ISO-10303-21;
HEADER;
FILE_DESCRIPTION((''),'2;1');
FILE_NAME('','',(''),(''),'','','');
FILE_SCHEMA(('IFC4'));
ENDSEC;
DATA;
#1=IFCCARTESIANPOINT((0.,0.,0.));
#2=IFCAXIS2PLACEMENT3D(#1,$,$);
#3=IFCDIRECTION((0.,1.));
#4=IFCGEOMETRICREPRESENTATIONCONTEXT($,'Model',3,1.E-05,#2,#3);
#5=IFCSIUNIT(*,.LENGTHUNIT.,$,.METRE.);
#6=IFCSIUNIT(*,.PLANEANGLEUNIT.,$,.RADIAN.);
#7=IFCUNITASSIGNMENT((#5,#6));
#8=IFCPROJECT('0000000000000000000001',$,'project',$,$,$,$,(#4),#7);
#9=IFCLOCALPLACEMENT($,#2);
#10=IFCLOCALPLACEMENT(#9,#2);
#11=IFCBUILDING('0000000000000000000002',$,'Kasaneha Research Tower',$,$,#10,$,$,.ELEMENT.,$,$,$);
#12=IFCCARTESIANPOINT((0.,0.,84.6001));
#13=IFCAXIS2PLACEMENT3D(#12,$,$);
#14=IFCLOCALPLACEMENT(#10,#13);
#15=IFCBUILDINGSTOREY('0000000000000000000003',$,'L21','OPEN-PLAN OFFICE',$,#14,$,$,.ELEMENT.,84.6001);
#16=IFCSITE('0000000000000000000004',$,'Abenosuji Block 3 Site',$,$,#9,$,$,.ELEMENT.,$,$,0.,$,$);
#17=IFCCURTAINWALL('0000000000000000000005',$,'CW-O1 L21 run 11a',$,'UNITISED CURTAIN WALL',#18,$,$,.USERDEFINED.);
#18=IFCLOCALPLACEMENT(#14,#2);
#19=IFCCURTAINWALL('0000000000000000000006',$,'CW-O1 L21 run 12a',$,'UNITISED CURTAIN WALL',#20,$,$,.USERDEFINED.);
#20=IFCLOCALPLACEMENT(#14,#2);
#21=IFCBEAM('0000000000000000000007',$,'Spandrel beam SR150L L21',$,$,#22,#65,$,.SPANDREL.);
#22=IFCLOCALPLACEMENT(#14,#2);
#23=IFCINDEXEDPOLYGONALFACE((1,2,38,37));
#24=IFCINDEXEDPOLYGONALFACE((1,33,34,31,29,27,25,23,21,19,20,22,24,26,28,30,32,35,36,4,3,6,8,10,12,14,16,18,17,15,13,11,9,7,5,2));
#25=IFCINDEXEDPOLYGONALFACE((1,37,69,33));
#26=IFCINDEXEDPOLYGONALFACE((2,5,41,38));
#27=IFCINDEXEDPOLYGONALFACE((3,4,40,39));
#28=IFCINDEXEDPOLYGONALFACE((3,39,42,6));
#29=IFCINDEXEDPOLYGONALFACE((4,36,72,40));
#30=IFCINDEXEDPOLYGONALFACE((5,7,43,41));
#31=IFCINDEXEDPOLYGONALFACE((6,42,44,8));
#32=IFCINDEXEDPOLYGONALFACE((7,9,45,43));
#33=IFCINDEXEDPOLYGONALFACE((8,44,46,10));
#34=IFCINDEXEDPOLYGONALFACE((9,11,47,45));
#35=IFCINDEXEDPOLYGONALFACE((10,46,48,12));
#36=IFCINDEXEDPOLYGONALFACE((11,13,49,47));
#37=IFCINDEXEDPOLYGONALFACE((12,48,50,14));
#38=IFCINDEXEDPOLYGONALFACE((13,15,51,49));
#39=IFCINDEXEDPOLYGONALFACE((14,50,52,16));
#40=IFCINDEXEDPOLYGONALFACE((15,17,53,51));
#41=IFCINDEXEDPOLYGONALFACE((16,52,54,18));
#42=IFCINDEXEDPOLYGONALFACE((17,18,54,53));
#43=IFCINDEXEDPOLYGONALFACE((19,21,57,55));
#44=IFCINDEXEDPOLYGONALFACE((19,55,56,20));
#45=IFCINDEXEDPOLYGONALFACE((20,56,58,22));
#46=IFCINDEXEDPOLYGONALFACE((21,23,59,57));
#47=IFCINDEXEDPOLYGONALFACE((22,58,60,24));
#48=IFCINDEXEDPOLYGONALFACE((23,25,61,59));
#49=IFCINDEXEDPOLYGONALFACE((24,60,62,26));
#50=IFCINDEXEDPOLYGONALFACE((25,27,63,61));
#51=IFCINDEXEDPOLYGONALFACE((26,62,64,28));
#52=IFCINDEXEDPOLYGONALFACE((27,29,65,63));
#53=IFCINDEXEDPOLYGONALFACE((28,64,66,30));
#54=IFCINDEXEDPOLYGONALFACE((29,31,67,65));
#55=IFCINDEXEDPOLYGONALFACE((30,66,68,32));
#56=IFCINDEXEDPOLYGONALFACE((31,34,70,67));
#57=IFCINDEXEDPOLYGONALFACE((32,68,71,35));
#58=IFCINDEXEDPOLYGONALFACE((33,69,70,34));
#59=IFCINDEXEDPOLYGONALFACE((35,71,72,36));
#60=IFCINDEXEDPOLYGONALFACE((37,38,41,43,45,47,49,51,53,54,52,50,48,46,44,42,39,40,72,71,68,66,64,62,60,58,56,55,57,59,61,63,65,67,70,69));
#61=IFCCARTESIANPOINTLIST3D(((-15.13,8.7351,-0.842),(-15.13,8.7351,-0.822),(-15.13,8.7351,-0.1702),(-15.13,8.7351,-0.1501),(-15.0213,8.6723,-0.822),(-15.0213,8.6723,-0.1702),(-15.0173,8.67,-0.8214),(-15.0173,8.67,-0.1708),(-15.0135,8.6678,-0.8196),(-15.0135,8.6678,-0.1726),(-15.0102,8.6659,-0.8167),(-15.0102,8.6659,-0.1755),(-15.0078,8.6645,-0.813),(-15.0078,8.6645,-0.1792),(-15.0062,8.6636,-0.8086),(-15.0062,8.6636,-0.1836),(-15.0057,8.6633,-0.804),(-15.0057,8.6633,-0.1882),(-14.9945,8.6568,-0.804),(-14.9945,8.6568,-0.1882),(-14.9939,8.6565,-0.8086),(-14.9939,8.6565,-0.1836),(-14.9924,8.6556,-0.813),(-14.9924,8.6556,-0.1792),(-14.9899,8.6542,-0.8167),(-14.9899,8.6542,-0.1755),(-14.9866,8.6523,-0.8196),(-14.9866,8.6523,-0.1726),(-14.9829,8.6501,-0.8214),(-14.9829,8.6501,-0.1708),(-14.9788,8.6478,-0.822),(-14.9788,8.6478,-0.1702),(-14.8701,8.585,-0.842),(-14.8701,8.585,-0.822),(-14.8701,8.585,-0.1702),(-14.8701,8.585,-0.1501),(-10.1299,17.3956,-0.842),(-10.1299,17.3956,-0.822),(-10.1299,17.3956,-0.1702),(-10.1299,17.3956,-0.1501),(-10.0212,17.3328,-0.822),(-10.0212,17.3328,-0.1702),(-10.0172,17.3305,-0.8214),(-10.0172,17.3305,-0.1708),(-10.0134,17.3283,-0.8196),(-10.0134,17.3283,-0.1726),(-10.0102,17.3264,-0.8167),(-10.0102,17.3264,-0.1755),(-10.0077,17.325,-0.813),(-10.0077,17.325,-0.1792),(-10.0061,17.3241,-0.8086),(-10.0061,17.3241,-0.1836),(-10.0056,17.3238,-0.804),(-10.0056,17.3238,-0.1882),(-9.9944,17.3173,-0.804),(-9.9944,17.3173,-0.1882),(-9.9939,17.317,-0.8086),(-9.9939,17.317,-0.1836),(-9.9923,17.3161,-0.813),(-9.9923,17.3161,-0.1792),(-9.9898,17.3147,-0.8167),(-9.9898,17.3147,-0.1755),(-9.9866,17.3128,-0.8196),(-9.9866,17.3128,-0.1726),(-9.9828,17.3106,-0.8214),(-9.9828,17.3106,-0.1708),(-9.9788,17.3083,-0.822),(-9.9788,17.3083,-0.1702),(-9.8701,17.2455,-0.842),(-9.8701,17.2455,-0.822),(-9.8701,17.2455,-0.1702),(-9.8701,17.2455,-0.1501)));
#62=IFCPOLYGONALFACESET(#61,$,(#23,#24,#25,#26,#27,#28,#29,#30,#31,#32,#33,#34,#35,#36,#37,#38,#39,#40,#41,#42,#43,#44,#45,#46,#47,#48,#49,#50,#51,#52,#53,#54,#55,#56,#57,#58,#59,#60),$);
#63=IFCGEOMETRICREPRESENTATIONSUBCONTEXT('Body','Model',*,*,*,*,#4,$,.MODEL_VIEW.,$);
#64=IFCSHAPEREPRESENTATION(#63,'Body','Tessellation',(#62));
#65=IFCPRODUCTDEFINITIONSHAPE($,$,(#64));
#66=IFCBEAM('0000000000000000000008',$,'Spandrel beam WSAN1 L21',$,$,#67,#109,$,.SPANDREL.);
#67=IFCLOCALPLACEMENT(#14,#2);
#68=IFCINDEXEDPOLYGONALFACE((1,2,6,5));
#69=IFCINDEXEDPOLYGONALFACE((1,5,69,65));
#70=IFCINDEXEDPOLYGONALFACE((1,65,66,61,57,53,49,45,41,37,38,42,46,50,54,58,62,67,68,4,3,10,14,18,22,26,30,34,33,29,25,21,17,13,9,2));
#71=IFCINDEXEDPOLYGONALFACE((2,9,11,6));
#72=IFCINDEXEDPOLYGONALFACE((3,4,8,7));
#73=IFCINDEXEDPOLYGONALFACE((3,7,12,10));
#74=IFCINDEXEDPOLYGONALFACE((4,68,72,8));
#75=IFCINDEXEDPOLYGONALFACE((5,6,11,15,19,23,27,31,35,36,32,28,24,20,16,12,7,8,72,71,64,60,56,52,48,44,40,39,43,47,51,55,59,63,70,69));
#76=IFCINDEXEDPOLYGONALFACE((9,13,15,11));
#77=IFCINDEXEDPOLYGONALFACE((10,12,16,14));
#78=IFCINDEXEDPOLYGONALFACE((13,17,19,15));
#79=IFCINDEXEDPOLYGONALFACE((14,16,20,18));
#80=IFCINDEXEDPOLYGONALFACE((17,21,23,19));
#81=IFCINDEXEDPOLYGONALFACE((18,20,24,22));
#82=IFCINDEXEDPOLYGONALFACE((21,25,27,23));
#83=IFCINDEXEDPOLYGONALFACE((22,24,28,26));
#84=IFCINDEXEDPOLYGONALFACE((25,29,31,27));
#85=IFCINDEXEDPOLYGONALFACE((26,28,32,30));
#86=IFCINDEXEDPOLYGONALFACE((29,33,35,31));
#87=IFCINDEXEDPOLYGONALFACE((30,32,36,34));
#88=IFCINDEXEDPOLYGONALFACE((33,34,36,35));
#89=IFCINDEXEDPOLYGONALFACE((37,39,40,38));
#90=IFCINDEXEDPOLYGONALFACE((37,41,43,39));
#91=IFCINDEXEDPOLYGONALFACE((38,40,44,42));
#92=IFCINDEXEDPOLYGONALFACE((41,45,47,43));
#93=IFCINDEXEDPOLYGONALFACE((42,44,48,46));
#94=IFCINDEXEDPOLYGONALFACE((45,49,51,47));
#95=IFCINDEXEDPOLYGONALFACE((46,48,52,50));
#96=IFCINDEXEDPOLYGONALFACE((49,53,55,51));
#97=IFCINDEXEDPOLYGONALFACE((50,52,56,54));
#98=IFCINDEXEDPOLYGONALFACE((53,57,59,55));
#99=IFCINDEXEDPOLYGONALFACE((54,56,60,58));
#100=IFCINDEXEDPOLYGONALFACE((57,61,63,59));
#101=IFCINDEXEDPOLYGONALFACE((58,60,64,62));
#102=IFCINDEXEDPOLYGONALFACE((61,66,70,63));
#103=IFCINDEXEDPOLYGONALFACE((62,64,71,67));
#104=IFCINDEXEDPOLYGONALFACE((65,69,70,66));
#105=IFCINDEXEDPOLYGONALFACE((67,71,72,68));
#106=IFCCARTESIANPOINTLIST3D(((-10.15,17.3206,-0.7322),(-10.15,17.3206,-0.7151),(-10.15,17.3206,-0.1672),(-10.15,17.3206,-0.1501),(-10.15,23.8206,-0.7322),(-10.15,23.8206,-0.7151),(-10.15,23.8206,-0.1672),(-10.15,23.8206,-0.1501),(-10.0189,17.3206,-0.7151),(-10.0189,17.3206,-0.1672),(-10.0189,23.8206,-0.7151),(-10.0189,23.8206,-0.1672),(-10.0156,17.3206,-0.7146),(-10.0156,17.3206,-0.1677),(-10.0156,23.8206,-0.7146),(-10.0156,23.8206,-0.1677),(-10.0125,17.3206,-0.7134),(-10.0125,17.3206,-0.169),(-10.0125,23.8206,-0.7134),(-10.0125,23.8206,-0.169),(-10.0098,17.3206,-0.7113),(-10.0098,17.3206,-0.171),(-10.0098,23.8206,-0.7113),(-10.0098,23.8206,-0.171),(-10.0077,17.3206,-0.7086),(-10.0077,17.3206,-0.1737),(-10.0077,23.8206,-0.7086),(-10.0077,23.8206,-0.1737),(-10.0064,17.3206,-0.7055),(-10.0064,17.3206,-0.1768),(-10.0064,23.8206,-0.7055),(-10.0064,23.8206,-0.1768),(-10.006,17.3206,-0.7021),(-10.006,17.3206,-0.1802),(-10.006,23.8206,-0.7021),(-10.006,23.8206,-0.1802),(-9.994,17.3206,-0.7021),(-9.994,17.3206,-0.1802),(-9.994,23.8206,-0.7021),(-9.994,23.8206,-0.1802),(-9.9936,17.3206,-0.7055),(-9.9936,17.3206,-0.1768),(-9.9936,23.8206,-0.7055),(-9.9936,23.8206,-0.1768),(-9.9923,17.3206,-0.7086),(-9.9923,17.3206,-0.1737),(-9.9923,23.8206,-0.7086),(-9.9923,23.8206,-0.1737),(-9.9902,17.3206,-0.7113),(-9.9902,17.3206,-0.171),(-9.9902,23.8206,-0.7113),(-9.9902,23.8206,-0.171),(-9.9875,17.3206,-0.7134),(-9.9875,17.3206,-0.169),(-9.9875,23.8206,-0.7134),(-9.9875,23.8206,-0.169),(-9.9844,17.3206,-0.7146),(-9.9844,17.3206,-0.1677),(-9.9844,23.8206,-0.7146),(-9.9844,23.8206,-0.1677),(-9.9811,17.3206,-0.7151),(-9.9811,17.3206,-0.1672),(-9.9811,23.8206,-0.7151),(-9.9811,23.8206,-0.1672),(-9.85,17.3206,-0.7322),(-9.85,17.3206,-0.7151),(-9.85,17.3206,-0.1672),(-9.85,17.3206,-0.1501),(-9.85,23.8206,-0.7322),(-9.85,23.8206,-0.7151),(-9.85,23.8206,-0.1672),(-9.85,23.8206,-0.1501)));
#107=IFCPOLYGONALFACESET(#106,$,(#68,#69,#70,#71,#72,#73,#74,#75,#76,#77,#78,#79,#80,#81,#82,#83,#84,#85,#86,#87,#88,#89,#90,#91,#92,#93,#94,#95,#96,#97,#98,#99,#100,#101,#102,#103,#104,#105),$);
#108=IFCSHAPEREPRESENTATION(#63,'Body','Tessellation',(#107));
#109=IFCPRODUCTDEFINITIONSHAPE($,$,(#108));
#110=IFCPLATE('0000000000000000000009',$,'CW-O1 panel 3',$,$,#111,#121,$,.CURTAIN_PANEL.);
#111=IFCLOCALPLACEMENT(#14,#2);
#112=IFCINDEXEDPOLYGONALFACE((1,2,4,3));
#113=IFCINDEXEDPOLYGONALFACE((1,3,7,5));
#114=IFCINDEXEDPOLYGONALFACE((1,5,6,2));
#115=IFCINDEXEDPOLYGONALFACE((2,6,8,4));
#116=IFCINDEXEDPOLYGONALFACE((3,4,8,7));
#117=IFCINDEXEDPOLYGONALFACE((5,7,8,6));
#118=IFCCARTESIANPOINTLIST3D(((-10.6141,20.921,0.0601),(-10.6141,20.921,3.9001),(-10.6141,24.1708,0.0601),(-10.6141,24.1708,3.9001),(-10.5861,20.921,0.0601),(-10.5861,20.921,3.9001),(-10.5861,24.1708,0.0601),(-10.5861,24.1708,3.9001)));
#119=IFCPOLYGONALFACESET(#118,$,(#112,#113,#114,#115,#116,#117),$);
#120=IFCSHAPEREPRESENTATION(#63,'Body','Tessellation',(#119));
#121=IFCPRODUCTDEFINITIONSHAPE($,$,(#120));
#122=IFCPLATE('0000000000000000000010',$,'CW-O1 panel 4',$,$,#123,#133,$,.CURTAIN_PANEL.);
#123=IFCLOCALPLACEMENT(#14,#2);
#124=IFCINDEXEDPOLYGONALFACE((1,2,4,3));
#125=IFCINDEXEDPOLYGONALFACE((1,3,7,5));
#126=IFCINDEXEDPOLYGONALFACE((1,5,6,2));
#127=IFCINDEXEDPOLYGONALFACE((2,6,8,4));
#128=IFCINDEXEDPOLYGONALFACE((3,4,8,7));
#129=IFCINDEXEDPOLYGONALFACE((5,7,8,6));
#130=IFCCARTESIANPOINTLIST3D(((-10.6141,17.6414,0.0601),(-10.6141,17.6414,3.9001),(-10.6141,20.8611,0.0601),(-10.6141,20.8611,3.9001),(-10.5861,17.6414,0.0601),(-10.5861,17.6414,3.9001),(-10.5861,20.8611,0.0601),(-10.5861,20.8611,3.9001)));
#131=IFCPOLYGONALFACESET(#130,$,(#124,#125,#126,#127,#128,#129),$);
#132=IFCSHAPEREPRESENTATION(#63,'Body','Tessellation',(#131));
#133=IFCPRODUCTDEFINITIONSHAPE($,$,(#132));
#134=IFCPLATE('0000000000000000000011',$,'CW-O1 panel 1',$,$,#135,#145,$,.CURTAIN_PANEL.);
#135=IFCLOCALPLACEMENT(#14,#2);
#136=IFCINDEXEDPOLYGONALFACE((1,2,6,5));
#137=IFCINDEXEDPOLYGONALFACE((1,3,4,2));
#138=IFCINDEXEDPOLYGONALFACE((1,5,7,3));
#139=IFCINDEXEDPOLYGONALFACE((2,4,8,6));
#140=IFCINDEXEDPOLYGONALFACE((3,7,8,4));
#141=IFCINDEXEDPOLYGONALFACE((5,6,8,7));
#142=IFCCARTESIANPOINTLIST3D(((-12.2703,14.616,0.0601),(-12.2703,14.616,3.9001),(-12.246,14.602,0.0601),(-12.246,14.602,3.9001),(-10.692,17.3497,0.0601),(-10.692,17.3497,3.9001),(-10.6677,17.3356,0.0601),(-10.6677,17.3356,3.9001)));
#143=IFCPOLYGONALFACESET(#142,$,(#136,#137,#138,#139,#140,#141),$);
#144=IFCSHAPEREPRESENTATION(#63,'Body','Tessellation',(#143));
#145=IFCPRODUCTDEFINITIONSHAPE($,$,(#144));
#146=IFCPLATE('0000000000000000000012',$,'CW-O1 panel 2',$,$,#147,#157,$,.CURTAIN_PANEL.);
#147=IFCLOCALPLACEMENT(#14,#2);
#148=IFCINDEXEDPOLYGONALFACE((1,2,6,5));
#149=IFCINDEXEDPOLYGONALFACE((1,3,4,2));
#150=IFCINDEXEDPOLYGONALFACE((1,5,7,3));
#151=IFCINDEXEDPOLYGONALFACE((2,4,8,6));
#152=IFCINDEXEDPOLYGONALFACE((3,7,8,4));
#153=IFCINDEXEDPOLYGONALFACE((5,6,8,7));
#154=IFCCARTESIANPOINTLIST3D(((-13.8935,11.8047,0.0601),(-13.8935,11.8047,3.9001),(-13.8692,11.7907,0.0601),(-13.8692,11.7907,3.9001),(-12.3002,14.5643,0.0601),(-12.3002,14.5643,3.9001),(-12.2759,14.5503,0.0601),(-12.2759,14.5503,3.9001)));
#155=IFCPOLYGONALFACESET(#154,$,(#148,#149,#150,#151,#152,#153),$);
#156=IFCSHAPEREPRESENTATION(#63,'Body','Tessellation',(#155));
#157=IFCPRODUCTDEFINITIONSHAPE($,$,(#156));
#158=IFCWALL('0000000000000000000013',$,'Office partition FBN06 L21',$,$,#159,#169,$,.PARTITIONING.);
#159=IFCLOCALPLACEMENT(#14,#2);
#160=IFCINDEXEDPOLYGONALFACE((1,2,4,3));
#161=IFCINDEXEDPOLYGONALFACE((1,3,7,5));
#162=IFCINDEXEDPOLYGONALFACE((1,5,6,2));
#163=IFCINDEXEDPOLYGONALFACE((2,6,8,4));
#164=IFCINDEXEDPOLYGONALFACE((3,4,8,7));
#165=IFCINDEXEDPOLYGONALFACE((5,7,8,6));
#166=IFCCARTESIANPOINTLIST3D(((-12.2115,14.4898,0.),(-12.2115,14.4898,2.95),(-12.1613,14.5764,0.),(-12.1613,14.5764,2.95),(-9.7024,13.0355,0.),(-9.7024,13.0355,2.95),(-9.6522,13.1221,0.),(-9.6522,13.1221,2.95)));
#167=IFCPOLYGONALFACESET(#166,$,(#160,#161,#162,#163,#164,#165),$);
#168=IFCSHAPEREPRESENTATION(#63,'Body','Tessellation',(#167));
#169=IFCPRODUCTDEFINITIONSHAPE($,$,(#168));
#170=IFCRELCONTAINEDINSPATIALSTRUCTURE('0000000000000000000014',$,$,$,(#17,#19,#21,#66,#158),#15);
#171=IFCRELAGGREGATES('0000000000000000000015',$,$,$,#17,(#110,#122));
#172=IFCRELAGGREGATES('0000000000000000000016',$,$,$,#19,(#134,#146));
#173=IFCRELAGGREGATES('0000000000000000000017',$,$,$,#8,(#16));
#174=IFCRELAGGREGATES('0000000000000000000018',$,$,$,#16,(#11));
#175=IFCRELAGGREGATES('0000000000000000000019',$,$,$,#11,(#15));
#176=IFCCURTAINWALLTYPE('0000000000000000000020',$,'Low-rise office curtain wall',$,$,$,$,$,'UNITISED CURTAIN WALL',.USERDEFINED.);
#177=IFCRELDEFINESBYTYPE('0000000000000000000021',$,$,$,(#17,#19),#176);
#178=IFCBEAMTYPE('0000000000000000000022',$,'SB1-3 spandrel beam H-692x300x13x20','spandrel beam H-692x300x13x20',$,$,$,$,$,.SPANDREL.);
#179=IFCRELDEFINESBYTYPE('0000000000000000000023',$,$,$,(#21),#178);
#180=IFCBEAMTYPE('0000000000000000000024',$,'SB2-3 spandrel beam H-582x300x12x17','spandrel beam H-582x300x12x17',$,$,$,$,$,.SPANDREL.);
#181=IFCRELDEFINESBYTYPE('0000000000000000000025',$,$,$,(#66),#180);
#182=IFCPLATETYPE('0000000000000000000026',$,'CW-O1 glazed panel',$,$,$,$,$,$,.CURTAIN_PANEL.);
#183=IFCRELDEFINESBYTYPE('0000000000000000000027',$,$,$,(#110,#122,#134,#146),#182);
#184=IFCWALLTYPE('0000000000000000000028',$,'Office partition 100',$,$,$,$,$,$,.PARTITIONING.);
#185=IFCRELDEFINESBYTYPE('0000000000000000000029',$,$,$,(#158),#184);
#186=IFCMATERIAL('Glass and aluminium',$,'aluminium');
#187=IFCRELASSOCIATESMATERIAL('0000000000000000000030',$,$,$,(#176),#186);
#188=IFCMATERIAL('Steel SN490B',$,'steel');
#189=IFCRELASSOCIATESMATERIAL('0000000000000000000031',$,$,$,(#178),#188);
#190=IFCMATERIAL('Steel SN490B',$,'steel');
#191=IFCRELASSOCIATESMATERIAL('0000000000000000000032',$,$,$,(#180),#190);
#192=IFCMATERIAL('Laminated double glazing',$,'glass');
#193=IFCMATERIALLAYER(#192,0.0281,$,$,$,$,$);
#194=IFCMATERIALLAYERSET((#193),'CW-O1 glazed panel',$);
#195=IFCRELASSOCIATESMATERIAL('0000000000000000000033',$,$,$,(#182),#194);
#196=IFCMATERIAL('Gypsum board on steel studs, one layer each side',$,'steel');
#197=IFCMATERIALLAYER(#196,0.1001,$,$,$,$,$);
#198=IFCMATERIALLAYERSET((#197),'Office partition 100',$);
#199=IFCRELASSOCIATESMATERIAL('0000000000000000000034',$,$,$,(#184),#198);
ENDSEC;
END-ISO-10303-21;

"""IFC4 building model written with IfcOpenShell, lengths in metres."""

from ifc_helpers import new_model, si_unit, direction, frame, frame_2d, origin, origin_2d, place, context, subcontext, project, spatial, rectangle, i_section, extrude, material, layer, layer_set, material_profile, profile_set, type_object, element, aggregate, save


model = new_model("IFC4")

# Units and contexts
model_context = context("Model", 3, precision=1e-05, world=origin(), true_north=direction((0.0, 1.0)))
body_context = subcontext(model_context, "Body", "Model", "MODEL_VIEW")
ifc_project = project(units=[si_unit("LENGTHUNIT", "METRE"), si_unit("PLANEANGLEUNIT", "RADIAN")], contexts=[model_context])

# Site, building, storey
site_placement = place(None, origin())
site = spatial("IfcSite", under=ifc_project, at=site_placement, Name="Abenosuji Block 3 Site", CompositionType="ELEMENT", RefElevation=0.0)
building_placement = place(site_placement, origin())
building = spatial("IfcBuilding", under=site, at=building_placement, Name="Kasaneha Research Tower", CompositionType="ELEMENT")
storey_placement = place(building_placement, frame((0.0, 0.0, 84.6001)))
storey = spatial("IfcBuildingStorey", under=building, at=storey_placement, Name="L21", Description="OPEN-PLAN OFFICE", CompositionType="ELEMENT", Elevation=84.6001)

# Curtain walls
ifc_material_1 = material(Name="Glass and aluminium", Category="aluminium")
curtain_wall_type = type_object("IfcCurtainWallType", Name="Low-rise office curtain wall", ElementType="UNITISED CURTAIN WALL", PredefinedType="USERDEFINED", material=ifc_material_1)
curtain_wall_1_placement = place(storey_placement, origin())
curtain_wall_1 = element("IfcCurtainWall", 1, at=curtain_wall_1_placement, inside=storey, type_object=curtain_wall_type, Name="CW-O1 L21 run 11a", ObjectType="UNITISED CURTAIN WALL", PredefinedType="USERDEFINED")
curtain_wall_2_placement = place(storey_placement, origin())
curtain_wall_2 = element("IfcCurtainWall", 2, at=curtain_wall_2_placement, inside=storey, type_object=curtain_wall_type, Name="CW-O1 L21 run 12a", ObjectType="UNITISED CURTAIN WALL", PredefinedType="USERDEFINED")

# Beams
ifc_material_2 = material(Name="Steel SN490B", Category="steel")
ifc_material_profile_1 = material_profile(ifc_material_2, i_section(OverallWidth=0.3, OverallDepth=0.6919, WebThickness=0.0129, FlangeThickness=0.02, FilletRadius=0.0181, at=origin_2d()), Name="H-692x300x13x20")
ifc_profile_set_1 = profile_set([ifc_material_profile_1], Name="Steel SN490B")
beam_type_1 = type_object("IfcBeamType", Name="SB1-3 spandrel beam H-692x300x13x20", Description="spandrel beam H-692x300x13x20", PredefinedType="SPANDREL", material=ifc_profile_set_1)
beam_1_placement = place(storey_placement, frame((-10.0, 17.3206, -0.4961), z_axis=(-0.499994, -0.866029, 0.0), x_axis=(0.866029, -0.499994, 0.0)))
element("IfcBeam", 3, at=beam_1_placement, inside=storey, type_object=beam_type_1, Name="Spandrel beam SR150L L21", PredefinedType="SPANDREL", context=body_context, shape_type="SweptSolid", body=[
    extrude(i_section(OverallWidth=0.3, OverallDepth=0.6919, WebThickness=0.0129, FlangeThickness=0.02, FilletRadius=0.0181, at=origin_2d()), origin(), (0.0, 0.0, 1.0), 10.0002),
])
ifc_material_3 = material(Name="Steel SN490B", Category="steel")
ifc_material_profile_2 = material_profile(ifc_material_3, i_section(OverallWidth=0.3, OverallDepth=0.582, WebThickness=0.012, FlangeThickness=0.0171, FilletRadius=0.0129, at=origin_2d()), Name="H-582x300x12x17")
ifc_profile_set_2 = profile_set([ifc_material_profile_2], Name="Steel SN490B")
beam_type_2 = type_object("IfcBeamType", Name="SB2-3 spandrel beam H-582x300x12x17", Description="spandrel beam H-582x300x12x17", PredefinedType="SPANDREL", material=ifc_profile_set_2)
beam_2_placement = place(storey_placement, frame((-10.0, 17.3206, -0.4412), z_axis=(0.0, 1.0, 0.0), x_axis=(-1.0, 0.0, 0.0)))
element("IfcBeam", 4, at=beam_2_placement, inside=storey, type_object=beam_type_2, Name="Spandrel beam WSAN1 L21", PredefinedType="SPANDREL", context=body_context, shape_type="SweptSolid", body=[
    extrude(i_section(OverallWidth=0.3, OverallDepth=0.582, WebThickness=0.012, FlangeThickness=0.0171, FilletRadius=0.0129, at=origin_2d()), origin(), (0.0, 0.0, 1.0), 6.5),
])

# Plates
ifc_material_4 = material(Name="Laminated double glazing", Category="glass")
ifc_layer_1 = layer(ifc_material_4, 0.0281)
ifc_layer_set_1 = layer_set([ifc_layer_1], Name="CW-O1 glazed panel")
plate_type = type_object("IfcPlateType", Name="CW-O1 glazed panel", PredefinedType="CURTAIN_PANEL", material=ifc_layer_set_1)
plate_1_placement = place(storey_placement, frame((-10.6001, 22.5459, 0.0601), z_axis=(0.0, 0.0, 1.0), x_axis=(0.0, -1.0, 0.0)))
plate_1 = element("IfcPlate", 5, at=plate_1_placement, type_object=plate_type, Name="CW-O1 panel 3", PredefinedType="CURTAIN_PANEL", context=body_context, shape_type="SweptSolid", body=[
    extrude(rectangle(XDim=3.2498, YDim=0.0281, at=origin_2d()), origin(), (0.0, 0.0, 1.0), 3.8401),
])
plate_2_placement = place(storey_placement, frame((-10.6001, 19.2512, 0.0601), z_axis=(0.0, 0.0, 1.0), x_axis=(0.0, -1.0, 0.0)))
plate_2 = element("IfcPlate", 6, at=plate_2_placement, type_object=plate_type, Name="CW-O1 panel 4", PredefinedType="CURTAIN_PANEL", context=body_context, shape_type="SweptSolid", body=[
    extrude(rectangle(XDim=3.2197, YDim=0.0281, at=origin_2d()), origin(), (0.0, 0.0, 1.0), 3.8401),
])
aggregate(curtain_wall_1, [plate_1, plate_2])
plate_3_placement = place(storey_placement, frame((-11.469, 15.9758, 0.0601), z_axis=(0.0, 0.0, 1.0), x_axis=(-0.5, -0.866025, 0.0)))
plate_3 = element("IfcPlate", 7, at=plate_3_placement, type_object=plate_type, Name="CW-O1 panel 1", PredefinedType="CURTAIN_PANEL", context=body_context, shape_type="SweptSolid", body=[
    extrude(rectangle(XDim=3.1565, YDim=0.0281, at=origin_2d()), origin(), (0.0, 0.0, 1.0), 3.8401),
])
plate_4_placement = place(storey_placement, frame((-13.0847, 13.1775, 0.0601), z_axis=(0.0, 0.0, 1.0), x_axis=(-0.5, -0.866025, 0.0)))
plate_4 = element("IfcPlate", 8, at=plate_4_placement, type_object=plate_type, Name="CW-O1 panel 2", PredefinedType="CURTAIN_PANEL", context=body_context, shape_type="SweptSolid", body=[
    extrude(rectangle(XDim=3.1865, YDim=0.0281, at=origin_2d()), origin(), (0.0, 0.0, 1.0), 3.8401),
])
aggregate(curtain_wall_2, [plate_3, plate_4])

# Wall
ifc_material_5 = material(Name="Gypsum board on steel studs, one layer each side", Category="steel")
ifc_layer_2 = layer(ifc_material_5, 0.1001)
ifc_layer_set_2 = layer_set([ifc_layer_2], Name="Office partition 100")
wall_type = type_object("IfcWallType", Name="Office partition 100", PredefinedType="PARTITIONING", material=ifc_layer_set_2)
wall_placement = place(storey_placement, frame((-12.1865, 14.5332, 0.0), z_axis=(0.0, 0.0, 1.0), x_axis=(0.865165, -0.501488, 0.0)))
element("IfcWall", 9, at=wall_placement, inside=storey, type_object=wall_type, Name="Office partition FBN06 L21", PredefinedType="PARTITIONING", context=body_context, shape_type="SweptSolid", body=[
    extrude(rectangle(XDim=2.9001, YDim=0.1001, at=frame_2d((1.4502, 0.0))), origin(), (0.0, 0.0, 1.0), 2.95),
])

save(model, "model.ifc")
